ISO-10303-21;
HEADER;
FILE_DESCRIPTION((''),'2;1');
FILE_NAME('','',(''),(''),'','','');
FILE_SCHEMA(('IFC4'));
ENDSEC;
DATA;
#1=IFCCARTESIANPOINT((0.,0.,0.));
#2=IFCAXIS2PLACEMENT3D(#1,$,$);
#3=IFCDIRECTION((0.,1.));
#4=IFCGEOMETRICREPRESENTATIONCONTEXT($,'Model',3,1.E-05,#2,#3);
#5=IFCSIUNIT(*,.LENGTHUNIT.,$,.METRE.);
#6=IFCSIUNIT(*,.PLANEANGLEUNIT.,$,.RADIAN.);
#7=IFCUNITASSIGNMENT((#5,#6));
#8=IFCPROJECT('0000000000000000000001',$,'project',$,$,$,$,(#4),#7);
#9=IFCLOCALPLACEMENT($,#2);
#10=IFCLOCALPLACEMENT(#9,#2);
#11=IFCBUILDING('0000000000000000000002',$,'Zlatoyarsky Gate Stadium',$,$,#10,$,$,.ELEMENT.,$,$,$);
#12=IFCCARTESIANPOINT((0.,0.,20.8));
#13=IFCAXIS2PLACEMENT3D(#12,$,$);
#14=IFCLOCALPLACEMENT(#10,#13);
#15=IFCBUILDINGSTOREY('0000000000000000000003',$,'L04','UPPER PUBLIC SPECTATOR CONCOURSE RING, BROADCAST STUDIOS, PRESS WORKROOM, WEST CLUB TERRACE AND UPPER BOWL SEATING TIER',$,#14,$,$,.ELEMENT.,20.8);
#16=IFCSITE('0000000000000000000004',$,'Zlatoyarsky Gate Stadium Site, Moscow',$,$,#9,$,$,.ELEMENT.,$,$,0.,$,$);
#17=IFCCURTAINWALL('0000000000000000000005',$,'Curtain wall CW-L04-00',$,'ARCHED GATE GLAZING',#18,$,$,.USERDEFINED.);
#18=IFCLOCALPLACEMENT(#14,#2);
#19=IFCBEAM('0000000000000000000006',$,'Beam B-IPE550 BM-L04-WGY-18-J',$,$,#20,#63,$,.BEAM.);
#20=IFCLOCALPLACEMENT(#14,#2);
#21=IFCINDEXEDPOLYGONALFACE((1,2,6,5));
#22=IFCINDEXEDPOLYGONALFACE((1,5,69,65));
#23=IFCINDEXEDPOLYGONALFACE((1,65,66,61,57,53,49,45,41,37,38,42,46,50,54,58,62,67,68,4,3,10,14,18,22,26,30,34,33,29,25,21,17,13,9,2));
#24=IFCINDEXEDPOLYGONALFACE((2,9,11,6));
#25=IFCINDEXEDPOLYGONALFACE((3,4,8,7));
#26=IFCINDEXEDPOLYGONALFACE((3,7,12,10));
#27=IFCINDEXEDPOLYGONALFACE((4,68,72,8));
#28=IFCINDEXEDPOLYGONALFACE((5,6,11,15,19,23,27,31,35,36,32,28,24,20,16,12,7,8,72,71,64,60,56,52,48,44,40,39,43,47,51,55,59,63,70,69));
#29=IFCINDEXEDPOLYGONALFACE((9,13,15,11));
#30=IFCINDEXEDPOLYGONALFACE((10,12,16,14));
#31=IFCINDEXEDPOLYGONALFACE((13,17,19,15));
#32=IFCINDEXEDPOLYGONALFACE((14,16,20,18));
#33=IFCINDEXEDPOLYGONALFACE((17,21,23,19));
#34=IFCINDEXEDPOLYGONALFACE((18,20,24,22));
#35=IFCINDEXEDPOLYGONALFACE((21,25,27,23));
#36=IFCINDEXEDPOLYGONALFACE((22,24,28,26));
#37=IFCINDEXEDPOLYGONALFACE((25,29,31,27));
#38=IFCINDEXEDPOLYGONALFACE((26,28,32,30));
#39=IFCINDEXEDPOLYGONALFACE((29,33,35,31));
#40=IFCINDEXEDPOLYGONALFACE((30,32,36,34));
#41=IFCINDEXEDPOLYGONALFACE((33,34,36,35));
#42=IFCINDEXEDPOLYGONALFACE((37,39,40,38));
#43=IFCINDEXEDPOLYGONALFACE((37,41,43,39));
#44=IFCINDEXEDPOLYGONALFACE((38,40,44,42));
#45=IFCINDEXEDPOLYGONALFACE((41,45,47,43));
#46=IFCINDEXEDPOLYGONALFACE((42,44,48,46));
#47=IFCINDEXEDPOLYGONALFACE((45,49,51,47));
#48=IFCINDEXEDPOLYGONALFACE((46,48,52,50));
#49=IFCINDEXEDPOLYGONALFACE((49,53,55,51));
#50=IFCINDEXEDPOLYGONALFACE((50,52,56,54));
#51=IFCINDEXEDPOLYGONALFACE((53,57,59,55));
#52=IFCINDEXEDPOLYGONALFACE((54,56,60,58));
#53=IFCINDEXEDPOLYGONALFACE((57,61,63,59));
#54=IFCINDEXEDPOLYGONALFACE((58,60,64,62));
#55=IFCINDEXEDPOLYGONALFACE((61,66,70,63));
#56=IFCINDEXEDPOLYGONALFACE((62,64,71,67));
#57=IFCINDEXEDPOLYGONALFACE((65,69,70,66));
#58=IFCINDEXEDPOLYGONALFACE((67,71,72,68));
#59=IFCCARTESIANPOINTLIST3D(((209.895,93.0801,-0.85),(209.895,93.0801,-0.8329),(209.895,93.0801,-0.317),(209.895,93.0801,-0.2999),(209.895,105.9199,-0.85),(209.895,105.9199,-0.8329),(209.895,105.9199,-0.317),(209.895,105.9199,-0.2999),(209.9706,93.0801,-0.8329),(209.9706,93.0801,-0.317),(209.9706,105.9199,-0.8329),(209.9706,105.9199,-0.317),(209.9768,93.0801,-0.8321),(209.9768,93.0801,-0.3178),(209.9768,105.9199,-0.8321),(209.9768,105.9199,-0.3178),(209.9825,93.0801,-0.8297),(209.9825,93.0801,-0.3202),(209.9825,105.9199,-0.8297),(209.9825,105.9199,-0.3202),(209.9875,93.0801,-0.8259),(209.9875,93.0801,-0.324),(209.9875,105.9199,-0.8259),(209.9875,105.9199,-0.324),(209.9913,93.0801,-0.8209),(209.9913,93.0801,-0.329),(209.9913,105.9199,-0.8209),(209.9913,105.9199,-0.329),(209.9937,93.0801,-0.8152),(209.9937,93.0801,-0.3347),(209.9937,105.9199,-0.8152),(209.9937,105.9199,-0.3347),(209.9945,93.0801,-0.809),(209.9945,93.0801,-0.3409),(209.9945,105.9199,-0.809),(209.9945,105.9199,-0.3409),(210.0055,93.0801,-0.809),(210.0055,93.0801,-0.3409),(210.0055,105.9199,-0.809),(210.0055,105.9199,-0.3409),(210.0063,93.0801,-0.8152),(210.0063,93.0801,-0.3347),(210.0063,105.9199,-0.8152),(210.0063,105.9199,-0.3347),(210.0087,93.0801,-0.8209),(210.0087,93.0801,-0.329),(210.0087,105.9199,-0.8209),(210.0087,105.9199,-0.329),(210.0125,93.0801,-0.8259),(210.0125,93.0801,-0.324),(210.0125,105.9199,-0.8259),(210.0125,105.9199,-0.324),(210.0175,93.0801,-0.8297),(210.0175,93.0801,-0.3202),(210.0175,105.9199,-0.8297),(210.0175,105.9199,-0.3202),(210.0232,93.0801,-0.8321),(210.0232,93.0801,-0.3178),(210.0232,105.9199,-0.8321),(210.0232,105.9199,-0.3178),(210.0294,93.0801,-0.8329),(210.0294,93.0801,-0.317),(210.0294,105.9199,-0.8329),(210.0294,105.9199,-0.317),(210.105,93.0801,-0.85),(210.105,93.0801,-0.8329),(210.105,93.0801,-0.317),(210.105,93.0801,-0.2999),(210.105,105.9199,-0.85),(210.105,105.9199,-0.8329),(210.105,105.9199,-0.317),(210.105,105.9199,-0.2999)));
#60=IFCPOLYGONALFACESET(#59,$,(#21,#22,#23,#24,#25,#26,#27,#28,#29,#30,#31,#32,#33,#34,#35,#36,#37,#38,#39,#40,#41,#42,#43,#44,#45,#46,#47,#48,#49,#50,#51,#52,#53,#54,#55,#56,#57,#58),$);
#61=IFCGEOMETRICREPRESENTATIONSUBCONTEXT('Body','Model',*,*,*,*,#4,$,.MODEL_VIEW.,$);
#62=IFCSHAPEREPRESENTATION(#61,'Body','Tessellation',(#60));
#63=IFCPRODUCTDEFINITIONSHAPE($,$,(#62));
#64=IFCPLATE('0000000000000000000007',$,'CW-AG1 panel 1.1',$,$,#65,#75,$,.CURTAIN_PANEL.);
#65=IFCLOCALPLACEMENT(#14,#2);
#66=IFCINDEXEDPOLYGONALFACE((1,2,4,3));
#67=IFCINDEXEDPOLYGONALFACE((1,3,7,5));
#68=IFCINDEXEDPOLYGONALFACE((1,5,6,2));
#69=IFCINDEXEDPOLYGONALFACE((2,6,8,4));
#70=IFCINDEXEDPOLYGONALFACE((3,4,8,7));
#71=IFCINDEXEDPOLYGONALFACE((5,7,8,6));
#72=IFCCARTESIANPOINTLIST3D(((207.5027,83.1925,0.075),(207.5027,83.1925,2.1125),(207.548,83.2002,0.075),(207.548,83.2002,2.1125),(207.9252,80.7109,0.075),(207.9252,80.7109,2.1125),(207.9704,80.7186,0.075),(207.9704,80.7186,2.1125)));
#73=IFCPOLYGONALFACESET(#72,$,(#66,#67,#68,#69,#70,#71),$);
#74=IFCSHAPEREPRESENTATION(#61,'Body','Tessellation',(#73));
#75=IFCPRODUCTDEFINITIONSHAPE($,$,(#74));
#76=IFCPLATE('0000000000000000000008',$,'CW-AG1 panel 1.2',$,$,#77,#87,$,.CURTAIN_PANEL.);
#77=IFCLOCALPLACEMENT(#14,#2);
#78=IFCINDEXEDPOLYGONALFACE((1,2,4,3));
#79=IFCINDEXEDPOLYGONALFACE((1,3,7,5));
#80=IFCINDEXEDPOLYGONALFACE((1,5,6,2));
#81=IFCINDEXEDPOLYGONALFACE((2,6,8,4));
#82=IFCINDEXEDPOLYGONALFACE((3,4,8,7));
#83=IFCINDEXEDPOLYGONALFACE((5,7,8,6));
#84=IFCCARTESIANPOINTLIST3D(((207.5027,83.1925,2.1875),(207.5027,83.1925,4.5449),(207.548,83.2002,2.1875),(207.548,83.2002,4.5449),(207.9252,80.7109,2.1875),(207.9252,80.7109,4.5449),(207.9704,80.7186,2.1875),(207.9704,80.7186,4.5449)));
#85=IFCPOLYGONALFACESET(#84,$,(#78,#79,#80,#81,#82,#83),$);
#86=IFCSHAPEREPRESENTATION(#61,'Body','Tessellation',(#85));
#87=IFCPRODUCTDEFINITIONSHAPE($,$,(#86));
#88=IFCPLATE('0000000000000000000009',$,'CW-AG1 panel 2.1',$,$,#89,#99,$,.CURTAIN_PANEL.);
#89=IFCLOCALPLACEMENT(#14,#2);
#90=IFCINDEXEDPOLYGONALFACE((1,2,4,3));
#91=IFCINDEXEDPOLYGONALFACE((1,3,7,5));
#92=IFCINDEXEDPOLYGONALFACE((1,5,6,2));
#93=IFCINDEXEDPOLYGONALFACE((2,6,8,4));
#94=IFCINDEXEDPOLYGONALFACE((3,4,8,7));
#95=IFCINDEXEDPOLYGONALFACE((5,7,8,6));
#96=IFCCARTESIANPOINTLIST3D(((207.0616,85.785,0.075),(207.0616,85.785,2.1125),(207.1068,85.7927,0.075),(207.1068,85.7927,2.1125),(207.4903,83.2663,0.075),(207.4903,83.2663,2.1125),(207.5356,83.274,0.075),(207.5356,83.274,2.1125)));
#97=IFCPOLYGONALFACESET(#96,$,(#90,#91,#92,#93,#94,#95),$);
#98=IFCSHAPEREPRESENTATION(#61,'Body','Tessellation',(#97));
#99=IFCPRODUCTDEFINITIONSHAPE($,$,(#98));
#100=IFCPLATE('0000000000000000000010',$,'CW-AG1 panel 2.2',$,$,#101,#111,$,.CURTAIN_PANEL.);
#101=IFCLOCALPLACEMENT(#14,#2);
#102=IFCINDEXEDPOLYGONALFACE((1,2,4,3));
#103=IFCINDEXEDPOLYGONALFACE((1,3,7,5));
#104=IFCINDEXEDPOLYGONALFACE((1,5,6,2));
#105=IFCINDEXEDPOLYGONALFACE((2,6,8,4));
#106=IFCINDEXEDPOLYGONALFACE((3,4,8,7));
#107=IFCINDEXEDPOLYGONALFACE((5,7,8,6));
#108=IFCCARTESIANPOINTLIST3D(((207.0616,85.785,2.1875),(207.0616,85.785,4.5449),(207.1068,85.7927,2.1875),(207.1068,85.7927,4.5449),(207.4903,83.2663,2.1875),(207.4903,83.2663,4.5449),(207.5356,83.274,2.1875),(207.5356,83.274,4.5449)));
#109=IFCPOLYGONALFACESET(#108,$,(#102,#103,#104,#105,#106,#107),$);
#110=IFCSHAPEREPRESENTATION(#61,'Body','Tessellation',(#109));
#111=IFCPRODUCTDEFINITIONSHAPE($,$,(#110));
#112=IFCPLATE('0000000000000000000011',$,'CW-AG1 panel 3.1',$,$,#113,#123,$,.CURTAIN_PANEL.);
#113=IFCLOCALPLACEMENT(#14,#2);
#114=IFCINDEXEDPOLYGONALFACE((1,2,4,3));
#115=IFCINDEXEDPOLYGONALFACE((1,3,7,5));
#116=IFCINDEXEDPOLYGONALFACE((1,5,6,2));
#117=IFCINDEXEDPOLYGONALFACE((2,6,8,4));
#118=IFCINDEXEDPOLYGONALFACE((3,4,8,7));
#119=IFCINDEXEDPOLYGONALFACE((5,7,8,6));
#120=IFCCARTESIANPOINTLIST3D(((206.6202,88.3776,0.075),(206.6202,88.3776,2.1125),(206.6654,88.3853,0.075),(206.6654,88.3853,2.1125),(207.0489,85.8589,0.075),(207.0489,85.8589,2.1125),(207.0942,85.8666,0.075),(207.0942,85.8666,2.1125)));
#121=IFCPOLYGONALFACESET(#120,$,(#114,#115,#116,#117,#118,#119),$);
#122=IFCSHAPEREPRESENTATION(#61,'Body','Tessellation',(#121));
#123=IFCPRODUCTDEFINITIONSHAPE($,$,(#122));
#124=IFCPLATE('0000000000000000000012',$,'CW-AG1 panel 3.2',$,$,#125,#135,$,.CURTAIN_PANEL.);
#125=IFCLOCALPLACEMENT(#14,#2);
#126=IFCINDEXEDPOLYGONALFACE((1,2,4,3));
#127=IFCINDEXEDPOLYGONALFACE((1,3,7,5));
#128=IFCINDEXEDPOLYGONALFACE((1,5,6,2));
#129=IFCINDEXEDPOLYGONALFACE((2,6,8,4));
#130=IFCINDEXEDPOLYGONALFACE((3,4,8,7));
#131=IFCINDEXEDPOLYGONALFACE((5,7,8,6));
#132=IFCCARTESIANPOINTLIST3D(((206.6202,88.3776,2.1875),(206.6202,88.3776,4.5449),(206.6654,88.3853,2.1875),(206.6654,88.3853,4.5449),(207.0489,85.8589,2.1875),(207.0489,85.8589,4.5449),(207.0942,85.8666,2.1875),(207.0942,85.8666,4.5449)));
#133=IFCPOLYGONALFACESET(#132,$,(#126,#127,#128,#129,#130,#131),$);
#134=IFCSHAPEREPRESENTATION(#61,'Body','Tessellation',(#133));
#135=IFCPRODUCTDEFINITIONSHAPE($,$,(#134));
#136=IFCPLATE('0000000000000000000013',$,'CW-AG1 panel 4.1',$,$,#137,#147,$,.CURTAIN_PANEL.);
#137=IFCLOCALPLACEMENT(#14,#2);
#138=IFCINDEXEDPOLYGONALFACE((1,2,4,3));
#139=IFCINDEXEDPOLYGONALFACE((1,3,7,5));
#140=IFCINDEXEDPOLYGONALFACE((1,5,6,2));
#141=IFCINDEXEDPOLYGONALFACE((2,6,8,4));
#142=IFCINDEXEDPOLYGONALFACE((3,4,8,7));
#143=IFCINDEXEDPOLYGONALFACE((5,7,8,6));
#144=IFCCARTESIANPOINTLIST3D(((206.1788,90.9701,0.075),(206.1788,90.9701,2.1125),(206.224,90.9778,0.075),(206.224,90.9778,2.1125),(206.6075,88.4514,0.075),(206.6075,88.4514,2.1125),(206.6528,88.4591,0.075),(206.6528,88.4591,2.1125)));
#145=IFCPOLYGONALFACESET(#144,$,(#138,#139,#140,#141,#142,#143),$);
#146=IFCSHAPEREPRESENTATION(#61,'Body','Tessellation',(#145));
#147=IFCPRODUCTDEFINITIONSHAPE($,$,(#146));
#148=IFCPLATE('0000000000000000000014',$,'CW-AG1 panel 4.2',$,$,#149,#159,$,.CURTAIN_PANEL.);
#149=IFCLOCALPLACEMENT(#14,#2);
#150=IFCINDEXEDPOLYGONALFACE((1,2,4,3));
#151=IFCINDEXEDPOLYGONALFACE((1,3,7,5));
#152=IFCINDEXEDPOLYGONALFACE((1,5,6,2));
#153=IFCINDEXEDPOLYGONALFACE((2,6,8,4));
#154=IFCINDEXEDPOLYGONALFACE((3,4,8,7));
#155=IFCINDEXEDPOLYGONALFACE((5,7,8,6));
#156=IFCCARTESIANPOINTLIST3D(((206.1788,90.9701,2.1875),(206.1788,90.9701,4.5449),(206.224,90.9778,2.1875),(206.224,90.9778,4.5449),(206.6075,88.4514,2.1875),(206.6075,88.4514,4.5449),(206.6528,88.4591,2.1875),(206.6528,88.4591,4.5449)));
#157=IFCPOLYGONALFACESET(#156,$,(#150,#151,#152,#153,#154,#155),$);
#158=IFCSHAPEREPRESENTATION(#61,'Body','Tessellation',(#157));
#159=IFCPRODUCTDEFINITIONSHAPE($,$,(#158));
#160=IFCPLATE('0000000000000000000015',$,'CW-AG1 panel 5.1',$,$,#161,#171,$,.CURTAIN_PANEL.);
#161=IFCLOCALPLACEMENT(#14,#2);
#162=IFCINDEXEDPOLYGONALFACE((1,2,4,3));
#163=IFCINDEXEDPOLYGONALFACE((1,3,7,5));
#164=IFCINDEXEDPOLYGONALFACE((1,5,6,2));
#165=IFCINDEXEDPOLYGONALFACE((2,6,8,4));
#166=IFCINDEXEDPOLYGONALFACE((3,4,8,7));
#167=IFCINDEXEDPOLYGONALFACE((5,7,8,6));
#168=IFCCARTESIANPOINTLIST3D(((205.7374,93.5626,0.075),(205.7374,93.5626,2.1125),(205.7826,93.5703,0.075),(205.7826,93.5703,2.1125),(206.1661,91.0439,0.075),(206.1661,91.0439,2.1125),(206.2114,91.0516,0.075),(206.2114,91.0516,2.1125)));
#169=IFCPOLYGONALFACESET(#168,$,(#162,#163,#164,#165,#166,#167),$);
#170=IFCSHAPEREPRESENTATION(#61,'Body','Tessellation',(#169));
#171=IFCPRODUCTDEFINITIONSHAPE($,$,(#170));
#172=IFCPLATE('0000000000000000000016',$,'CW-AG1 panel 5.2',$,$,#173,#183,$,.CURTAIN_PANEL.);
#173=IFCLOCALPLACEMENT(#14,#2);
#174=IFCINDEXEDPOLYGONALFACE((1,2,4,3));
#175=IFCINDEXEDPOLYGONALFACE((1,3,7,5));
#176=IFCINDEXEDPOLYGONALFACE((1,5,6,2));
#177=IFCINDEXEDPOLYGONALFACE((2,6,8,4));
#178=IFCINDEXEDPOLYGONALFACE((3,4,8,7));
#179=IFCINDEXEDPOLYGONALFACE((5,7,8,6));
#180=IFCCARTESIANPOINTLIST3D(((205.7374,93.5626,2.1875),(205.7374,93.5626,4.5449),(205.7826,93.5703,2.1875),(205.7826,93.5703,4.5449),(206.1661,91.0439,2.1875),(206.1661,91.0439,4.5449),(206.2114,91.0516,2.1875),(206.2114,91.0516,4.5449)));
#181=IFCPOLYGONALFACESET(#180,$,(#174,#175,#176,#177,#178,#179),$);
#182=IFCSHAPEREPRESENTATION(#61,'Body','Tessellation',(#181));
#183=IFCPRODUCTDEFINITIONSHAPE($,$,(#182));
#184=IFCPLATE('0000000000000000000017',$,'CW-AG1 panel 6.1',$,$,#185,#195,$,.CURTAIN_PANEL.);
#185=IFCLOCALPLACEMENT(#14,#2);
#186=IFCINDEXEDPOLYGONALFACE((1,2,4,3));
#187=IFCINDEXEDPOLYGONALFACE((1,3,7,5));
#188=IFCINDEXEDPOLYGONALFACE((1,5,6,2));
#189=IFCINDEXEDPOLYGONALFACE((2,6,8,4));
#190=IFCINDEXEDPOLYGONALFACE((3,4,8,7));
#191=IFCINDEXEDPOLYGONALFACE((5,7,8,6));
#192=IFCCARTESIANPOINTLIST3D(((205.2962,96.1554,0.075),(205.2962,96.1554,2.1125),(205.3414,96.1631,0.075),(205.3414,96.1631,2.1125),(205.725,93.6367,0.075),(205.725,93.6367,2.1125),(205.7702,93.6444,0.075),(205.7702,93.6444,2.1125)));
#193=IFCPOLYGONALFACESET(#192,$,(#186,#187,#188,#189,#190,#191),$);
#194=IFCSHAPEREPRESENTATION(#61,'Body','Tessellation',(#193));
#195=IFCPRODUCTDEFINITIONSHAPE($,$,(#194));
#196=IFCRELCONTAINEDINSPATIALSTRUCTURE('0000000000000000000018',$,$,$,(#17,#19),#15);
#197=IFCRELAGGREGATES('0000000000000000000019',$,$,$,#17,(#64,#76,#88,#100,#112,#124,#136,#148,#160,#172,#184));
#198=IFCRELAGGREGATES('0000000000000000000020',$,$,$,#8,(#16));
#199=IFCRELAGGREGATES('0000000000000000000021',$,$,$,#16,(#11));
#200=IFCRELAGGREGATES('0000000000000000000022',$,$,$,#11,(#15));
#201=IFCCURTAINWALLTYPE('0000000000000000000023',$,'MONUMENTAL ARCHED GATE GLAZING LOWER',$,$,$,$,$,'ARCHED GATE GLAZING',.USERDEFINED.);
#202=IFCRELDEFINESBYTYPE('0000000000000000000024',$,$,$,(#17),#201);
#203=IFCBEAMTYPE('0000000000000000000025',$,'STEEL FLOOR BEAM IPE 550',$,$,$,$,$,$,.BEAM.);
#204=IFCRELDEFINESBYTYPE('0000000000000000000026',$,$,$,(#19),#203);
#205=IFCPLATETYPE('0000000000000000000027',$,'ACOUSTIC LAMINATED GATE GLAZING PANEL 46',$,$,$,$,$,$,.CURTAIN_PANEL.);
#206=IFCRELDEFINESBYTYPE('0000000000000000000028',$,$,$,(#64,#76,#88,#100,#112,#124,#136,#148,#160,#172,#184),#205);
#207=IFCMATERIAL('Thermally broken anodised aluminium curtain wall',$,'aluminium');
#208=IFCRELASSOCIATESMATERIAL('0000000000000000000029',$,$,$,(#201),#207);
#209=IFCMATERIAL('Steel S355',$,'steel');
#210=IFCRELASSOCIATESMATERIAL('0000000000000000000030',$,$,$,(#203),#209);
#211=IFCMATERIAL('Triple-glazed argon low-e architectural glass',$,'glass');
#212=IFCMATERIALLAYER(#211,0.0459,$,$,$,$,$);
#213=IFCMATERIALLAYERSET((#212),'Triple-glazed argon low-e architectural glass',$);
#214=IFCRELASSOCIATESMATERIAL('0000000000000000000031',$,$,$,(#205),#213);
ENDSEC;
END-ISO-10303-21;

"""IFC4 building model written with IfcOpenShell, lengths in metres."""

from ifc_helpers import new_model, si_unit, direction, frame, origin, origin_2d, place, context, subcontext, project, spatial, rectangle, i_section, extrude, material, layer, layer_set, material_profile, profile_set, type_object, element, aggregate, save


model = new_model("IFC4")

# Units and contexts
model_context = context("Model", 3, precision=1e-05, world=origin(), true_north=direction((0.0, 1.0)))
body_context = subcontext(model_context, "Body", "Model", "MODEL_VIEW")
ifc_project = project(units=[si_unit("LENGTHUNIT", "METRE"), si_unit("PLANEANGLEUNIT", "RADIAN")], contexts=[model_context])

# Site, building, storey
site_placement = place(None, origin())
site = spatial("IfcSite", under=ifc_project, at=site_placement, Name="Zlatoyarsky Gate Stadium Site, Moscow", CompositionType="ELEMENT", RefElevation=0.0)
building_placement = place(site_placement, origin())
building = spatial("IfcBuilding", under=site, at=building_placement, Name="Zlatoyarsky Gate Stadium", CompositionType="ELEMENT")
storey_placement = place(building_placement, frame((0.0, 0.0, 20.8)))
storey = spatial("IfcBuildingStorey", under=building, at=storey_placement, Name="L04", Description="UPPER PUBLIC SPECTATOR CONCOURSE RING, BROADCAST STUDIOS, PRESS WORKROOM, WEST CLUB TERRACE AND UPPER BOWL SEATING TIER", CompositionType="ELEMENT", Elevation=20.8)

# Curtain wall
ifc_material_1 = material(Name="Thermally broken anodised aluminium curtain wall", Category="aluminium")
curtain_wall_type = type_object("IfcCurtainWallType", Name="MONUMENTAL ARCHED GATE GLAZING LOWER", ElementType="ARCHED GATE GLAZING", PredefinedType="USERDEFINED", material=ifc_material_1)
curtain_wall_placement = place(storey_placement, origin())
curtain_wall = element("IfcCurtainWall", 1, at=curtain_wall_placement, inside=storey, type_object=curtain_wall_type, Name="Curtain wall CW-L04-00", ObjectType="ARCHED GATE GLAZING", PredefinedType="USERDEFINED")

# Beam
ifc_material_2 = material(Name="Steel S355", Category="steel")
ifc_material_profile_1 = material_profile(ifc_material_2, i_section(OverallWidth=0.21, OverallDepth=0.55, WebThickness=0.011, FlangeThickness=0.0171, FilletRadius=0.0239, at=origin_2d()), Name="IPE 550")
ifc_profile_set_1 = profile_set([ifc_material_profile_1], Name="Steel S355")
beam_type_1 = type_object("IfcBeamType", Name="STEEL FLOOR BEAM IPE 550", PredefinedType="BEAM", material=ifc_profile_set_1)
beam_1_placement = place(storey_placement, frame((210.0, 93.0801, -0.575), z_axis=(0.0, 1.0, 0.0), x_axis=(-1.0, 0.0, 0.0)))
element("IfcBeam", 2, at=beam_1_placement, inside=storey, type_object=beam_type_1, Name="Beam B-IPE550 BM-L04-WGY-18-J", PredefinedType="BEAM", context=body_context, shape_type="SweptSolid", body=[
    extrude(i_section(OverallWidth=0.21, OverallDepth=0.55, WebThickness=0.011, FlangeThickness=0.0171, FilletRadius=0.0239, at=origin_2d()), origin(), (0.0, 0.0, 1.0), 12.8398),
])

# Plates
ifc_material_3 = material(Name="Triple-glazed argon low-e architectural glass", Category="glass")
ifc_layer_1 = layer(ifc_material_3, 0.0459)
ifc_layer_set_1 = layer_set([ifc_layer_1], Name="Triple-glazed argon low-e architectural glass")
plate_type = type_object("IfcPlateType", Name="ACOUSTIC LAMINATED GATE GLAZING PANEL 46", PredefinedType="CURTAIN_PANEL", material=ifc_layer_set_1)
plate_1_placement = place(storey_placement, frame((207.7366, 81.9556, 0.075), z_axis=(0.0, 0.0, 1.0), x_axis=(-0.167821, 0.985817, 0.0)))
plate_1 = element("IfcPlate", 3, at=plate_1_placement, type_object=plate_type, Name="CW-AG1 panel 1.1", PredefinedType="CURTAIN_PANEL", context=body_context, shape_type="SweptSolid", body=[
    extrude(rectangle(XDim=2.5173, YDim=0.0459, at=origin_2d()), origin(), (0.0, 0.0, 1.0), 2.0376),
])
plate_2_placement = place(storey_placement, frame((207.7366, 81.9556, 2.1875), z_axis=(0.0, 0.0, 1.0), x_axis=(-0.167821, 0.985817, 0.0)))
plate_2 = element("IfcPlate", 4, at=plate_2_placement, type_object=plate_type, Name="CW-AG1 panel 1.2", PredefinedType="CURTAIN_PANEL", context=body_context, shape_type="SweptSolid", body=[
    extrude(rectangle(XDim=2.5173, YDim=0.0459, at=origin_2d()), origin(), (0.0, 0.0, 1.0), 2.3574),
])
plate_3_placement = place(storey_placement, frame((207.2986, 84.5295, 0.075), z_axis=(0.0, 0.0, 1.0), x_axis=(-0.167821, 0.985817, 0.0)))
plate_3 = element("IfcPlate", 5, at=plate_3_placement, type_object=plate_type, Name="CW-AG1 panel 2.1", PredefinedType="CURTAIN_PANEL", context=body_context, shape_type="SweptSolid", body=[
    extrude(rectangle(XDim=2.5549, YDim=0.0459, at=origin_2d()), origin(), (0.0, 0.0, 1.0), 2.0376),
])
plate_4_placement = place(storey_placement, frame((207.2986, 84.5295, 2.1875), z_axis=(0.0, 0.0, 1.0), x_axis=(-0.167821, 0.985817, 0.0)))
plate_4 = element("IfcPlate", 6, at=plate_4_placement, type_object=plate_type, Name="CW-AG1 panel 2.2", PredefinedType="CURTAIN_PANEL", context=body_context, shape_type="SweptSolid", body=[
    extrude(rectangle(XDim=2.5549, YDim=0.0459, at=origin_2d()), origin(), (0.0, 0.0, 1.0), 2.3574),
])
plate_5_placement = place(storey_placement, frame((206.8572, 87.1221, 0.075), z_axis=(0.0, 0.0, 1.0), x_axis=(-0.167821, 0.985817, 0.0)))
plate_5 = element("IfcPlate", 7, at=plate_5_placement, type_object=plate_type, Name="CW-AG1 panel 3.1", PredefinedType="CURTAIN_PANEL", context=body_context, shape_type="SweptSolid", body=[
    extrude(rectangle(XDim=2.5549, YDim=0.0459, at=origin_2d()), origin(), (0.0, 0.0, 1.0), 2.0376),
])
plate_6_placement = place(storey_placement, frame((206.8572, 87.1221, 2.1875), z_axis=(0.0, 0.0, 1.0), x_axis=(-0.167821, 0.985817, 0.0)))
plate_6 = element("IfcPlate", 8, at=plate_6_placement, type_object=plate_type, Name="CW-AG1 panel 3.2", PredefinedType="CURTAIN_PANEL", context=body_context, shape_type="SweptSolid", body=[
    extrude(rectangle(XDim=2.5549, YDim=0.0459, at=origin_2d()), origin(), (0.0, 0.0, 1.0), 2.3574),
])
plate_7_placement = place(storey_placement, frame((206.4158, 89.7146, 0.075), z_axis=(0.0, 0.0, 1.0), x_axis=(-0.167821, 0.985817, 0.0)))
plate_7 = element("IfcPlate", 9, at=plate_7_placement, type_object=plate_type, Name="CW-AG1 panel 4.1", PredefinedType="CURTAIN_PANEL", context=body_context, shape_type="SweptSolid", body=[
    extrude(rectangle(XDim=2.5549, YDim=0.0459, at=origin_2d()), origin(), (0.0, 0.0, 1.0), 2.0376),
])
plate_8_placement = place(storey_placement, frame((206.4158, 89.7146, 2.1875), z_axis=(0.0, 0.0, 1.0), x_axis=(-0.167821, 0.985817, 0.0)))
plate_8 = element("IfcPlate", 10, at=plate_8_placement, type_object=plate_type, Name="CW-AG1 panel 4.2", PredefinedType="CURTAIN_PANEL", context=body_context, shape_type="SweptSolid", body=[
    extrude(rectangle(XDim=2.5549, YDim=0.0459, at=origin_2d()), origin(), (0.0, 0.0, 1.0), 2.3574),
])
plate_9_placement = place(storey_placement, frame((205.9744, 92.3071, 0.075), z_axis=(0.0, 0.0, 1.0), x_axis=(-0.167821, 0.985817, 0.0)))
plate_9 = element("IfcPlate", 11, at=plate_9_placement, type_object=plate_type, Name="CW-AG1 panel 5.1", PredefinedType="CURTAIN_PANEL", context=body_context, shape_type="SweptSolid", body=[
    extrude(rectangle(XDim=2.5549, YDim=0.0459, at=origin_2d()), origin(), (0.0, 0.0, 1.0), 2.0376),
])
plate_10_placement = place(storey_placement, frame((205.9744, 92.3071, 2.1875), z_axis=(0.0, 0.0, 1.0), x_axis=(-0.167821, 0.985817, 0.0)))
plate_10 = element("IfcPlate", 12, at=plate_10_placement, type_object=plate_type, Name="CW-AG1 panel 5.2", PredefinedType="CURTAIN_PANEL", context=body_context, shape_type="SweptSolid", body=[
    extrude(rectangle(XDim=2.5549, YDim=0.0459, at=origin_2d()), origin(), (0.0, 0.0, 1.0), 2.3574),
])
plate_11_placement = place(storey_placement, frame((205.5332, 94.8999, 0.075), z_axis=(0.0, 0.0, 1.0), x_axis=(-0.167821, 0.985817, 0.0)))
plate_11 = element("IfcPlate", 13, at=plate_11_placement, type_object=plate_type, Name="CW-AG1 panel 6.1", PredefinedType="CURTAIN_PANEL", context=body_context, shape_type="SweptSolid", body=[
    extrude(rectangle(XDim=2.5549, YDim=0.0459, at=origin_2d()), origin(), (0.0, 0.0, 1.0), 2.0376),
])
aggregate(curtain_wall, [plate_1, plate_2, plate_3, plate_4, plate_5, plate_6, plate_7, plate_8, plate_9, plate_10, plate_11])

save(model, "model.ifc")
